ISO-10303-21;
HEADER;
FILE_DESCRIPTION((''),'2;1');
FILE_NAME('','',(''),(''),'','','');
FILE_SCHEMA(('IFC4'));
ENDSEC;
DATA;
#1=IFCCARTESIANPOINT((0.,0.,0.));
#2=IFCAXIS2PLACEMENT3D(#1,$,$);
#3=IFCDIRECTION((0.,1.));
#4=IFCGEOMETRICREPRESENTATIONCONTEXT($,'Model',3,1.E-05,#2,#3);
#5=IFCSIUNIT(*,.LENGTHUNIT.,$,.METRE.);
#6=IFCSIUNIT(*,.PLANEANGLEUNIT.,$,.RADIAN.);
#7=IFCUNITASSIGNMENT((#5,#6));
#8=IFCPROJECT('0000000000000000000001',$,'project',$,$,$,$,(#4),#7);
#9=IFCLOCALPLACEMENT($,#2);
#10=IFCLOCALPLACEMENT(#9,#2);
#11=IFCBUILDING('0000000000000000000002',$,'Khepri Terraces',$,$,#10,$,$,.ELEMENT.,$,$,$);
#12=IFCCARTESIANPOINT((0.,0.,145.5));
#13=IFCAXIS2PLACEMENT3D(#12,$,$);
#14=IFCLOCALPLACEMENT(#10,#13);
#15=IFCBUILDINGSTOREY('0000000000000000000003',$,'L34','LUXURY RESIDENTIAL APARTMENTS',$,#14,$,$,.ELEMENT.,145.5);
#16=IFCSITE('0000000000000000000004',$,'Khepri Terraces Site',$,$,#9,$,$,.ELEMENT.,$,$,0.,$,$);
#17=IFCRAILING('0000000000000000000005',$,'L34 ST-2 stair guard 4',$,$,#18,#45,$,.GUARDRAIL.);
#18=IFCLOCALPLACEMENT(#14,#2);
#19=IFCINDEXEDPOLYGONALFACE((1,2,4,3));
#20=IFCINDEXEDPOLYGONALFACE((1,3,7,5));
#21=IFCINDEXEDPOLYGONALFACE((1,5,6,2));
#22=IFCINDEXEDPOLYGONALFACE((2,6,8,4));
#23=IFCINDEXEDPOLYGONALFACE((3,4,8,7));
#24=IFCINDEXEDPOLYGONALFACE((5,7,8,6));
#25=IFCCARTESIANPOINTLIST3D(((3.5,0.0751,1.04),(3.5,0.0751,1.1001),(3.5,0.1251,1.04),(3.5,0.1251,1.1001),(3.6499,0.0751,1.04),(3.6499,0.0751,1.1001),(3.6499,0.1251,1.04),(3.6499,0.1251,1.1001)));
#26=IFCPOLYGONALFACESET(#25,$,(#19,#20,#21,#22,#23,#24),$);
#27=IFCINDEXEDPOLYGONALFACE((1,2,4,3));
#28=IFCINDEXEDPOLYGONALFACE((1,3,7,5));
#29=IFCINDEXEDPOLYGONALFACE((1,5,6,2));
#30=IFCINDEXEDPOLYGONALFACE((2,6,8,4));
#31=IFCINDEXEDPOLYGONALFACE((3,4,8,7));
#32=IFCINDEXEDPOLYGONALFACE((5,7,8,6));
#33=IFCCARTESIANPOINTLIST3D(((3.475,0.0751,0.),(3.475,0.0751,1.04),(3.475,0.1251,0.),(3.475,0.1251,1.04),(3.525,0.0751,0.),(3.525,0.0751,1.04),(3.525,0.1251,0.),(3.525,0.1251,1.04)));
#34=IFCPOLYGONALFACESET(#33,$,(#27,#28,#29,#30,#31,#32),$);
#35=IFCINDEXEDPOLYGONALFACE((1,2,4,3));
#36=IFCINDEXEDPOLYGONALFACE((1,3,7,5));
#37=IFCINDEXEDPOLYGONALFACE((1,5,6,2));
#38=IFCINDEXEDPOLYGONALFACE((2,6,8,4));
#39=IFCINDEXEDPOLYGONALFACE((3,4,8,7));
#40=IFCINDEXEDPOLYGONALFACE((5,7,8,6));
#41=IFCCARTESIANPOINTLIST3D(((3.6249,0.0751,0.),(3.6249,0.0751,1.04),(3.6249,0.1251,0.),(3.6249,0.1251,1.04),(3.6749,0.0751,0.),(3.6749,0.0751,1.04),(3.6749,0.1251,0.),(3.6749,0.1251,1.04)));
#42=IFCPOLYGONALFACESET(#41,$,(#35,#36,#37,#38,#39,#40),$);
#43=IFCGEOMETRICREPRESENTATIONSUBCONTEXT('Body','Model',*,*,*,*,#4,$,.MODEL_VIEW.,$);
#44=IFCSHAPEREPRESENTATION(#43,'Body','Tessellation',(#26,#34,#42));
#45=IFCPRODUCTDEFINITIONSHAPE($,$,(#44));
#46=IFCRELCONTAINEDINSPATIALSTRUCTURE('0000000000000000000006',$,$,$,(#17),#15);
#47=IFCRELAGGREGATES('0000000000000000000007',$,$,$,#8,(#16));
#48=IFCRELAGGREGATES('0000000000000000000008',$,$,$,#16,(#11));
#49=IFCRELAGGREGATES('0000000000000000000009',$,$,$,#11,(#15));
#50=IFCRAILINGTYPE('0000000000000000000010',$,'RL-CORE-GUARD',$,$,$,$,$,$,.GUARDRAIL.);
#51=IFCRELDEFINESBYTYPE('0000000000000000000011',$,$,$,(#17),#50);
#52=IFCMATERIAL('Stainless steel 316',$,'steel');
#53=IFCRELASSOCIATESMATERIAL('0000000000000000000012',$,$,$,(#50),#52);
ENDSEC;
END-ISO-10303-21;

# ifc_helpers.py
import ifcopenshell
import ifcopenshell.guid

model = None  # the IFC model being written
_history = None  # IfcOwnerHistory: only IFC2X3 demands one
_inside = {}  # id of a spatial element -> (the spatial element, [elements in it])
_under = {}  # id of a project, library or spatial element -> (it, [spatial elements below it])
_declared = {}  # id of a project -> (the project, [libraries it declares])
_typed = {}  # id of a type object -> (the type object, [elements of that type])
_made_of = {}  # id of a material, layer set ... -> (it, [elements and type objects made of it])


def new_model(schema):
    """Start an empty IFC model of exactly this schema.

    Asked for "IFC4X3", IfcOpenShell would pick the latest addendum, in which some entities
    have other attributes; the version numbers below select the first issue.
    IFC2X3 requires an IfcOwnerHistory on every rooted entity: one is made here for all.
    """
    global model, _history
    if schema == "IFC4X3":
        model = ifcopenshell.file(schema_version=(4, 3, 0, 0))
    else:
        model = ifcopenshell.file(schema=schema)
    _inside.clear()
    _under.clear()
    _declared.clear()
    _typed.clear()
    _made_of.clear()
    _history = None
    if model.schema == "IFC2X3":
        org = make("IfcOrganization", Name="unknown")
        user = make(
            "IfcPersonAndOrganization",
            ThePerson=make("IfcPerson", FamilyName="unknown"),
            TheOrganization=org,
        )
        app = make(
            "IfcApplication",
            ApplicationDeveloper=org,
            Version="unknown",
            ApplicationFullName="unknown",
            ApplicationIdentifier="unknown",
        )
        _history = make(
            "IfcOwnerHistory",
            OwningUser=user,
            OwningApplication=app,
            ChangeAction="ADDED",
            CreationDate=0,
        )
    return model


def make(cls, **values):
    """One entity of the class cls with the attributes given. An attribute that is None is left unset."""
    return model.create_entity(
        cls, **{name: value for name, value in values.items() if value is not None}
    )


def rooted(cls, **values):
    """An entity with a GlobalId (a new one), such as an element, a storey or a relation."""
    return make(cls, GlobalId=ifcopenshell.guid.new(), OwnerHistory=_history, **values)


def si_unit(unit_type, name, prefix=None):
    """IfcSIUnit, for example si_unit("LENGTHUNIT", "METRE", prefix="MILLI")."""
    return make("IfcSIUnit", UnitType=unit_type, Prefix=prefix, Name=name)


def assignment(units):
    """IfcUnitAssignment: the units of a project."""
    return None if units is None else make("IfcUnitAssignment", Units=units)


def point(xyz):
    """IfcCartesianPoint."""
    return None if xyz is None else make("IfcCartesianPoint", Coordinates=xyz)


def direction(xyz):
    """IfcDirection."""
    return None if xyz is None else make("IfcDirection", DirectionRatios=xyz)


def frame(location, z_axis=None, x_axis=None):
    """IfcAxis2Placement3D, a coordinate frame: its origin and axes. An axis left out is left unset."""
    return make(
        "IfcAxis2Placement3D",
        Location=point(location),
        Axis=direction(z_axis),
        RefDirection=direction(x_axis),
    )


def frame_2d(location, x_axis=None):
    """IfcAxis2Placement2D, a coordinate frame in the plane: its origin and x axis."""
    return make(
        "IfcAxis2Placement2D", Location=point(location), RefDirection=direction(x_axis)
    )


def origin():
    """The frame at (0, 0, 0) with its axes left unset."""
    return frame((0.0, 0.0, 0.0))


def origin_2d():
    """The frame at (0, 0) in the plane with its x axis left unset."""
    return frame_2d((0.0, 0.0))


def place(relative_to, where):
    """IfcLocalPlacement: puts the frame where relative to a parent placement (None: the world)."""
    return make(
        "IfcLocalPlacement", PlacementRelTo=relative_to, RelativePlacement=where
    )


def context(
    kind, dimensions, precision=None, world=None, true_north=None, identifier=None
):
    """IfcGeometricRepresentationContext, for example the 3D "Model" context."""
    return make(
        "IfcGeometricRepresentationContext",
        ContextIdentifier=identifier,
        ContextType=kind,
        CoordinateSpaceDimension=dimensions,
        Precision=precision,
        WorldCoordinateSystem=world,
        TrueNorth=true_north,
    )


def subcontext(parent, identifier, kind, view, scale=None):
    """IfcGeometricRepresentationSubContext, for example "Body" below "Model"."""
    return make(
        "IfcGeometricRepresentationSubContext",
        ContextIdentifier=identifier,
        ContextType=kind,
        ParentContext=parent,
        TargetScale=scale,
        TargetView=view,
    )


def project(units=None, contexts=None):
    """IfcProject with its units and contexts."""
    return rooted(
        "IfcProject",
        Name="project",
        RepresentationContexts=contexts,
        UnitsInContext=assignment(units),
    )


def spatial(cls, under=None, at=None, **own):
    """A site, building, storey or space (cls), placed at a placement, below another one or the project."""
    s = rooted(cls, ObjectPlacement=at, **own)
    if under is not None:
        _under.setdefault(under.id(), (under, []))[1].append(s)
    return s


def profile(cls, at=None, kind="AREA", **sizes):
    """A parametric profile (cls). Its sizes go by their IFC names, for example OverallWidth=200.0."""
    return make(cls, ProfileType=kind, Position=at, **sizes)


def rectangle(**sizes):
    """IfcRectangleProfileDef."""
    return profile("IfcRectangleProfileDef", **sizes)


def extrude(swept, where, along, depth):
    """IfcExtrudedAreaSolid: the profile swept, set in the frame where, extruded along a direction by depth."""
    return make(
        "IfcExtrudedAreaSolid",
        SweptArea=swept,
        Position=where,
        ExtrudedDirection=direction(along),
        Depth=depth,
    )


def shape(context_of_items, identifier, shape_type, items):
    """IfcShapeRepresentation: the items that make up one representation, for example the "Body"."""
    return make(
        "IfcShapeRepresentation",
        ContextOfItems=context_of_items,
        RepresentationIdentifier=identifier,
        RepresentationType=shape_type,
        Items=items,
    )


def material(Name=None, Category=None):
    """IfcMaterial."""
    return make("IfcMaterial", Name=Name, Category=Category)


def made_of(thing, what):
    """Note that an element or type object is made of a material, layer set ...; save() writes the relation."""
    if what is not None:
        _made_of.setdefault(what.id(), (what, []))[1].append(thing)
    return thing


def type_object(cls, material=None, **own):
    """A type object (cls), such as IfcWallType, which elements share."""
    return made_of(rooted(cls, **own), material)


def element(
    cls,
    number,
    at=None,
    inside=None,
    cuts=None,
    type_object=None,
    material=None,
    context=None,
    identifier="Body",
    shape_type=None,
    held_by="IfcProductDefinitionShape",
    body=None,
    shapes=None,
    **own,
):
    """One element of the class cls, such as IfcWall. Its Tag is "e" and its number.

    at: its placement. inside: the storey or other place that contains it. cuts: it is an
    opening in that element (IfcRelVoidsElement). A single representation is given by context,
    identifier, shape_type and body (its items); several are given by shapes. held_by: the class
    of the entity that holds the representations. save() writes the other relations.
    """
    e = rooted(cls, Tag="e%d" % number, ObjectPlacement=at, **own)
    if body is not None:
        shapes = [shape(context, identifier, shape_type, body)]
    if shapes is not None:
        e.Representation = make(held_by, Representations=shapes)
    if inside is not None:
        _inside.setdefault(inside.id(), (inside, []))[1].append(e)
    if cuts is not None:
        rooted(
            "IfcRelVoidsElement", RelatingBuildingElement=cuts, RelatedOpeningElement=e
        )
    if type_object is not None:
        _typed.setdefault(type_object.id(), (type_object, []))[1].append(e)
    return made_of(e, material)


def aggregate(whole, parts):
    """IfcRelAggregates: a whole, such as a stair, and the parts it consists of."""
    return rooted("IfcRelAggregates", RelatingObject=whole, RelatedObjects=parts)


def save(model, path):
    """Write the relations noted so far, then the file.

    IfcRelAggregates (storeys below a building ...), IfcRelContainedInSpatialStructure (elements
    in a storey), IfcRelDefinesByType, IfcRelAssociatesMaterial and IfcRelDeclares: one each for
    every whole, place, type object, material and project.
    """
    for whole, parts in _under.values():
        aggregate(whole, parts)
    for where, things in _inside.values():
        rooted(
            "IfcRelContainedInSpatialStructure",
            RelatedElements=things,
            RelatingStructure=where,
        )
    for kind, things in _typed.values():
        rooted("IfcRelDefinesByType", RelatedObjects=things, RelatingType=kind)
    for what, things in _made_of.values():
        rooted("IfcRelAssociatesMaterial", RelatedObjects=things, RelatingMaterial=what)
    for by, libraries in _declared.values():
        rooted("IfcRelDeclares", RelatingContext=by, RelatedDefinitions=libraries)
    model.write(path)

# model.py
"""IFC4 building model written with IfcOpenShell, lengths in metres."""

from ifc_helpers import new_model, si_unit, direction, frame, origin, origin_2d, place, context, subcontext, project, spatial, rectangle, extrude, material, type_object, element, save


model = new_model("IFC4")

# Units and contexts
model_context = context("Model", 3, precision=1e-05, world=origin(), true_north=direction((0.0, 1.0)))
body_context = subcontext(model_context, "Body", "Model", "MODEL_VIEW")
ifc_project = project(units=[si_unit("LENGTHUNIT", "METRE"), si_unit("PLANEANGLEUNIT", "RADIAN")], contexts=[model_context])

# Site, building, storey
site_placement = place(None, origin())
site = spatial("IfcSite", under=ifc_project, at=site_placement, Name="Khepri Terraces Site", CompositionType="ELEMENT", RefElevation=0.0)
building_placement = place(site_placement, origin())
building = spatial("IfcBuilding", under=site, at=building_placement, Name="Khepri Terraces", CompositionType="ELEMENT")
storey_placement = place(building_placement, frame((0.0, 0.0, 145.5)))
storey = spatial("IfcBuildingStorey", under=building, at=storey_placement, Name="L34", Description="LUXURY RESIDENTIAL APARTMENTS", CompositionType="ELEMENT", Elevation=145.5)

# Railing
ifc_material_1 = material(Name="Stainless steel 316", Category="steel")
railing_type = type_object("IfcRailingType", Name="RL-CORE-GUARD", PredefinedType="GUARDRAIL", material=ifc_material_1)
railing_placement = place(storey_placement, frame((3.5, 0.1001, 0.0)))
element("IfcRailing", 1, at=railing_placement, inside=storey, type_object=railing_type, Name="L34 ST-2 stair guard 4", PredefinedType="GUARDRAIL", context=body_context, shape_type="SweptSolid", body=[
    extrude(rectangle(XDim=0.05, YDim=0.0601, at=origin_2d()), frame((0.0, 0.0, 1.0701), z_axis=(1.0, 0.0, 0.0), x_axis=(0.0, 1.0, 0.0)), (0.0, 0.0, 1.0), 0.1499),
    extrude(rectangle(XDim=0.05, YDim=0.05, at=origin_2d()), origin(), (0.0, 0.0, 1.0), 1.04),
    extrude(rectangle(XDim=0.05, YDim=0.05, at=origin_2d()), frame((0.1499, 0.0, 0.0)), (0.0, 0.0, 1.0), 1.04),
])

save(model, "model.ifc")
